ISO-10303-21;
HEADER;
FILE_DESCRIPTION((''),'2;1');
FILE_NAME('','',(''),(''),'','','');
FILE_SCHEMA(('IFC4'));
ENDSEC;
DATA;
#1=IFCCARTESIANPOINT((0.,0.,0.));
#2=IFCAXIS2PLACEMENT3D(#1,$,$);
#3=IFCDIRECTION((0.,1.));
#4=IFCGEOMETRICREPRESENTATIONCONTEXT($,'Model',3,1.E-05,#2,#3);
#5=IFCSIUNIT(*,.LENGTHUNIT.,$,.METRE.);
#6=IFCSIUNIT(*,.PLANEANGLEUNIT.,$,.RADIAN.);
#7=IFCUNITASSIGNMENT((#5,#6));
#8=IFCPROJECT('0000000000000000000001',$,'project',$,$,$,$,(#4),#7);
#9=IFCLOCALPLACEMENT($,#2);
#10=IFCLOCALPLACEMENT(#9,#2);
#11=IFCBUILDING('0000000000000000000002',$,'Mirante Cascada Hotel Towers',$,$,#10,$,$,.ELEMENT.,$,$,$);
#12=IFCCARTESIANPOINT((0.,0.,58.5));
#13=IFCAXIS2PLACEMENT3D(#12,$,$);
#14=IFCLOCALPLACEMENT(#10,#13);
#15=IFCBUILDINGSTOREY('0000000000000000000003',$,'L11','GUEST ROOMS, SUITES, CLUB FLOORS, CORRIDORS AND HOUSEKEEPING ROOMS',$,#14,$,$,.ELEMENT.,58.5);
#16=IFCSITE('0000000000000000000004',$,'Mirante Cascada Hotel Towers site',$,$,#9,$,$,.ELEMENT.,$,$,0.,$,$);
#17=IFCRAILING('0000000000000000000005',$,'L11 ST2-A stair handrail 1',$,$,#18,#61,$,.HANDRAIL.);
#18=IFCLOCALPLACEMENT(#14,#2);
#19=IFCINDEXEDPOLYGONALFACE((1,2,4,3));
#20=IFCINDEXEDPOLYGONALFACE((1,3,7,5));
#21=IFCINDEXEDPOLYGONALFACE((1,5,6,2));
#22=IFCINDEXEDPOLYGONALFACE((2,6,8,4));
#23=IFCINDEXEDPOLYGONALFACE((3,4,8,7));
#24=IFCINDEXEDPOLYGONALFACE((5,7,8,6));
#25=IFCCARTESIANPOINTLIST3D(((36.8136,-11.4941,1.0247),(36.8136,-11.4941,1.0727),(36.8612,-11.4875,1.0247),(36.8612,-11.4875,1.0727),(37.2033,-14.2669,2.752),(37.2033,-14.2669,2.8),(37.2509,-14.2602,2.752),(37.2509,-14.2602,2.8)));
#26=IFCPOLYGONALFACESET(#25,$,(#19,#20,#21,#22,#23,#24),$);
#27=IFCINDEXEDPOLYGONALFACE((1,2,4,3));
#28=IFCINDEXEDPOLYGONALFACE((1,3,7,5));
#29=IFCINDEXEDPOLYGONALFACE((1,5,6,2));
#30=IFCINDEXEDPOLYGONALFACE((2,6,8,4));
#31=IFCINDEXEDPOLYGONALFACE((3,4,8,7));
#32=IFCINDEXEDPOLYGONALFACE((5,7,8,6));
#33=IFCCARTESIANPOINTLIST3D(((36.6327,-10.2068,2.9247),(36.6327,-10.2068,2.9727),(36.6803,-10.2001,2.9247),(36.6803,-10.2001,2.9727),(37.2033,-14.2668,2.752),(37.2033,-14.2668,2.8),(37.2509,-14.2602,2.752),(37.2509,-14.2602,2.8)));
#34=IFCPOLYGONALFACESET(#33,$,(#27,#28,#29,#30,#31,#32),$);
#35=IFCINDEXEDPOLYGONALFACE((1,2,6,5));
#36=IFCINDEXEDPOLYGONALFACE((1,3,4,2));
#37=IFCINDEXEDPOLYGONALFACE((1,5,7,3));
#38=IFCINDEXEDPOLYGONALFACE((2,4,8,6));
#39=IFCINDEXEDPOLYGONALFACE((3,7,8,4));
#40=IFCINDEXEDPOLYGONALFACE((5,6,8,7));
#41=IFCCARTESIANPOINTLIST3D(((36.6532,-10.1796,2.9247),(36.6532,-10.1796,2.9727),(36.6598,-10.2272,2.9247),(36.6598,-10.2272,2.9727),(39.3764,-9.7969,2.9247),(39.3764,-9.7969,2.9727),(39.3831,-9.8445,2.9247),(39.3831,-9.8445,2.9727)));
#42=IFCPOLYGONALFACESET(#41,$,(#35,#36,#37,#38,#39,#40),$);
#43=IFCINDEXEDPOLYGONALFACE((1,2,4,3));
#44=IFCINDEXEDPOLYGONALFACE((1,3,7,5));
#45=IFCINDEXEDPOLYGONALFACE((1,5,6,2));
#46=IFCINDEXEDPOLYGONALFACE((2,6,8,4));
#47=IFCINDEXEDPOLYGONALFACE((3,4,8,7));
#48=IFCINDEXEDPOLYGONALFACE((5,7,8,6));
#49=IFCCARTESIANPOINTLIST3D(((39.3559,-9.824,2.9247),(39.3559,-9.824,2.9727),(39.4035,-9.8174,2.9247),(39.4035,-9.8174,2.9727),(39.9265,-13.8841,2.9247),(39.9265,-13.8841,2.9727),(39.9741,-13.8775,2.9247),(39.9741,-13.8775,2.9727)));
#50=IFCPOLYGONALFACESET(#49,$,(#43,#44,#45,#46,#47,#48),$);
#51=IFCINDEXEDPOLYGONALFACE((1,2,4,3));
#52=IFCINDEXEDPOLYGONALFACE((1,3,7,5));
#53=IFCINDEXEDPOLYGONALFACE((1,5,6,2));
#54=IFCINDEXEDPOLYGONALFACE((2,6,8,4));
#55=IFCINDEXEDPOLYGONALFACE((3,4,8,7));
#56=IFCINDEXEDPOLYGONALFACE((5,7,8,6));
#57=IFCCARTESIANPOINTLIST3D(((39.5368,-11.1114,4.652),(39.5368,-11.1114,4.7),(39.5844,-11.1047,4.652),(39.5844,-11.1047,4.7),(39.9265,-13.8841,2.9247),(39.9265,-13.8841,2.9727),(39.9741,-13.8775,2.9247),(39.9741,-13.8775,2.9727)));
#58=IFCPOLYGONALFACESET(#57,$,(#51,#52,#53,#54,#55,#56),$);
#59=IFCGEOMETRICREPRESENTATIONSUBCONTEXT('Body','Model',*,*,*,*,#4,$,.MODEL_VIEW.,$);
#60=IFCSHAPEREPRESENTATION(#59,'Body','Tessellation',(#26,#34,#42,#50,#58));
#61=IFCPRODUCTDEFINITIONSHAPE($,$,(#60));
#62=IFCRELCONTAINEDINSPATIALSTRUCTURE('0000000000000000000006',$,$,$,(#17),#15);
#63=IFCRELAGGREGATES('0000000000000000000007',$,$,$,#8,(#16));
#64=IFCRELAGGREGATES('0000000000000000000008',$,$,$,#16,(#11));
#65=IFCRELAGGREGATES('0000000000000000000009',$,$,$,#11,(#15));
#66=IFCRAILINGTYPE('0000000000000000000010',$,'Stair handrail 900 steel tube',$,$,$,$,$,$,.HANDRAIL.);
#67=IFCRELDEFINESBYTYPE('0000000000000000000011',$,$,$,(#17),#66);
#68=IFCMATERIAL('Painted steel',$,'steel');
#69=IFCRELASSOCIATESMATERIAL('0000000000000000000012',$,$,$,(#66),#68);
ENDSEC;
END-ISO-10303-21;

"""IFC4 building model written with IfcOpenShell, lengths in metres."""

from ifc_helpers import new_model, si_unit, direction, frame, origin, origin_2d, place, context, subcontext, project, spatial, rectangle, extrude, material, type_object, element, save


model = new_model("IFC4")

# Units and contexts
model_context = context("Model", 3, precision=1e-05, world=origin(), true_north=direction((0.0, 1.0)))
body_context = subcontext(model_context, "Body", "Model", "MODEL_VIEW")
ifc_project = project(units=[si_unit("LENGTHUNIT", "METRE"), si_unit("PLANEANGLEUNIT", "RADIAN")], contexts=[model_context])

# Site, building, storey
site_placement = place(None, origin())
site = spatial("IfcSite", under=ifc_project, at=site_placement, Name="Mirante Cascada Hotel Towers site", CompositionType="ELEMENT", RefElevation=0.0)
building_placement = place(site_placement, origin())
building = spatial("IfcBuilding", under=site, at=building_placement, Name="Mirante Cascada Hotel Towers", CompositionType="ELEMENT")
storey_placement = place(building_placement, frame((0.0, 0.0, 58.5)))
storey = spatial("IfcBuildingStorey", under=building, at=storey_placement, Name="L11", Description="GUEST ROOMS, SUITES, CLUB FLOORS, CORRIDORS AND HOUSEKEEPING ROOMS", CompositionType="ELEMENT", Elevation=58.5)

# Railing
ifc_material_1 = material(Name="Painted steel", Category="steel")
railing_type_1 = type_object("IfcRailingType", Name="Stair handrail 900 steel tube", PredefinedType="HANDRAIL", material=ifc_material_1)
railing_1_placement = place(storey_placement, frame((36.8374, -11.4908, 0.1727)))
element("IfcRailing", 1, at=railing_1_placement, inside=storey, type_object=railing_type_1, Name="L11 ST2-A stair handrail 1", PredefinedType="HANDRAIL", context=body_context, shape_type="SweptSolid", body=[
    extrude(rectangle(XDim=0.048, YDim=0.048, at=origin_2d()), frame((0.0, 0.0, 0.876), z_axis=(0.139181, -0.990267, 0.0), x_axis=(0.990267, 0.139181, 0.0)), (0.0, 0.525035, 0.851081), 3.2899),
    extrude(rectangle(XDim=0.048, YDim=0.048, at=origin_2d()), frame((0.3897, -2.7727, 2.6033), z_axis=(-0.139171, 0.990268, 0.0), x_axis=(-0.990268, -0.139171, 0.0)), (0.0, 0.042085, 0.999114), 4.1036),
    extrude(rectangle(XDim=0.048, YDim=0.048, at=origin_2d()), frame((-0.1809, 1.2874, 2.776), z_axis=(0.990269, 0.139166, 0.0), x_axis=(-0.139166, 0.990269, 0.0)), (0.0, 0.0, 1.0), 2.75),
    extrude(rectangle(XDim=0.048, YDim=0.048, at=origin_2d()), frame((2.5423, 1.6701, 2.776), z_axis=(0.139171, -0.990268, 0.0), x_axis=(0.990268, 0.139171, 0.0)), (0.0, 0.0, 1.0), 4.1),
    extrude(rectangle(XDim=0.048, YDim=0.048, at=origin_2d()), frame((3.1129, -2.39, 2.776), z_axis=(-0.139181, 0.990267, 0.0), x_axis=(-0.990267, -0.139181, 0.0)), (0.0, 0.525035, 0.851081), 3.2899),
])

save(model, "model.ifc")
